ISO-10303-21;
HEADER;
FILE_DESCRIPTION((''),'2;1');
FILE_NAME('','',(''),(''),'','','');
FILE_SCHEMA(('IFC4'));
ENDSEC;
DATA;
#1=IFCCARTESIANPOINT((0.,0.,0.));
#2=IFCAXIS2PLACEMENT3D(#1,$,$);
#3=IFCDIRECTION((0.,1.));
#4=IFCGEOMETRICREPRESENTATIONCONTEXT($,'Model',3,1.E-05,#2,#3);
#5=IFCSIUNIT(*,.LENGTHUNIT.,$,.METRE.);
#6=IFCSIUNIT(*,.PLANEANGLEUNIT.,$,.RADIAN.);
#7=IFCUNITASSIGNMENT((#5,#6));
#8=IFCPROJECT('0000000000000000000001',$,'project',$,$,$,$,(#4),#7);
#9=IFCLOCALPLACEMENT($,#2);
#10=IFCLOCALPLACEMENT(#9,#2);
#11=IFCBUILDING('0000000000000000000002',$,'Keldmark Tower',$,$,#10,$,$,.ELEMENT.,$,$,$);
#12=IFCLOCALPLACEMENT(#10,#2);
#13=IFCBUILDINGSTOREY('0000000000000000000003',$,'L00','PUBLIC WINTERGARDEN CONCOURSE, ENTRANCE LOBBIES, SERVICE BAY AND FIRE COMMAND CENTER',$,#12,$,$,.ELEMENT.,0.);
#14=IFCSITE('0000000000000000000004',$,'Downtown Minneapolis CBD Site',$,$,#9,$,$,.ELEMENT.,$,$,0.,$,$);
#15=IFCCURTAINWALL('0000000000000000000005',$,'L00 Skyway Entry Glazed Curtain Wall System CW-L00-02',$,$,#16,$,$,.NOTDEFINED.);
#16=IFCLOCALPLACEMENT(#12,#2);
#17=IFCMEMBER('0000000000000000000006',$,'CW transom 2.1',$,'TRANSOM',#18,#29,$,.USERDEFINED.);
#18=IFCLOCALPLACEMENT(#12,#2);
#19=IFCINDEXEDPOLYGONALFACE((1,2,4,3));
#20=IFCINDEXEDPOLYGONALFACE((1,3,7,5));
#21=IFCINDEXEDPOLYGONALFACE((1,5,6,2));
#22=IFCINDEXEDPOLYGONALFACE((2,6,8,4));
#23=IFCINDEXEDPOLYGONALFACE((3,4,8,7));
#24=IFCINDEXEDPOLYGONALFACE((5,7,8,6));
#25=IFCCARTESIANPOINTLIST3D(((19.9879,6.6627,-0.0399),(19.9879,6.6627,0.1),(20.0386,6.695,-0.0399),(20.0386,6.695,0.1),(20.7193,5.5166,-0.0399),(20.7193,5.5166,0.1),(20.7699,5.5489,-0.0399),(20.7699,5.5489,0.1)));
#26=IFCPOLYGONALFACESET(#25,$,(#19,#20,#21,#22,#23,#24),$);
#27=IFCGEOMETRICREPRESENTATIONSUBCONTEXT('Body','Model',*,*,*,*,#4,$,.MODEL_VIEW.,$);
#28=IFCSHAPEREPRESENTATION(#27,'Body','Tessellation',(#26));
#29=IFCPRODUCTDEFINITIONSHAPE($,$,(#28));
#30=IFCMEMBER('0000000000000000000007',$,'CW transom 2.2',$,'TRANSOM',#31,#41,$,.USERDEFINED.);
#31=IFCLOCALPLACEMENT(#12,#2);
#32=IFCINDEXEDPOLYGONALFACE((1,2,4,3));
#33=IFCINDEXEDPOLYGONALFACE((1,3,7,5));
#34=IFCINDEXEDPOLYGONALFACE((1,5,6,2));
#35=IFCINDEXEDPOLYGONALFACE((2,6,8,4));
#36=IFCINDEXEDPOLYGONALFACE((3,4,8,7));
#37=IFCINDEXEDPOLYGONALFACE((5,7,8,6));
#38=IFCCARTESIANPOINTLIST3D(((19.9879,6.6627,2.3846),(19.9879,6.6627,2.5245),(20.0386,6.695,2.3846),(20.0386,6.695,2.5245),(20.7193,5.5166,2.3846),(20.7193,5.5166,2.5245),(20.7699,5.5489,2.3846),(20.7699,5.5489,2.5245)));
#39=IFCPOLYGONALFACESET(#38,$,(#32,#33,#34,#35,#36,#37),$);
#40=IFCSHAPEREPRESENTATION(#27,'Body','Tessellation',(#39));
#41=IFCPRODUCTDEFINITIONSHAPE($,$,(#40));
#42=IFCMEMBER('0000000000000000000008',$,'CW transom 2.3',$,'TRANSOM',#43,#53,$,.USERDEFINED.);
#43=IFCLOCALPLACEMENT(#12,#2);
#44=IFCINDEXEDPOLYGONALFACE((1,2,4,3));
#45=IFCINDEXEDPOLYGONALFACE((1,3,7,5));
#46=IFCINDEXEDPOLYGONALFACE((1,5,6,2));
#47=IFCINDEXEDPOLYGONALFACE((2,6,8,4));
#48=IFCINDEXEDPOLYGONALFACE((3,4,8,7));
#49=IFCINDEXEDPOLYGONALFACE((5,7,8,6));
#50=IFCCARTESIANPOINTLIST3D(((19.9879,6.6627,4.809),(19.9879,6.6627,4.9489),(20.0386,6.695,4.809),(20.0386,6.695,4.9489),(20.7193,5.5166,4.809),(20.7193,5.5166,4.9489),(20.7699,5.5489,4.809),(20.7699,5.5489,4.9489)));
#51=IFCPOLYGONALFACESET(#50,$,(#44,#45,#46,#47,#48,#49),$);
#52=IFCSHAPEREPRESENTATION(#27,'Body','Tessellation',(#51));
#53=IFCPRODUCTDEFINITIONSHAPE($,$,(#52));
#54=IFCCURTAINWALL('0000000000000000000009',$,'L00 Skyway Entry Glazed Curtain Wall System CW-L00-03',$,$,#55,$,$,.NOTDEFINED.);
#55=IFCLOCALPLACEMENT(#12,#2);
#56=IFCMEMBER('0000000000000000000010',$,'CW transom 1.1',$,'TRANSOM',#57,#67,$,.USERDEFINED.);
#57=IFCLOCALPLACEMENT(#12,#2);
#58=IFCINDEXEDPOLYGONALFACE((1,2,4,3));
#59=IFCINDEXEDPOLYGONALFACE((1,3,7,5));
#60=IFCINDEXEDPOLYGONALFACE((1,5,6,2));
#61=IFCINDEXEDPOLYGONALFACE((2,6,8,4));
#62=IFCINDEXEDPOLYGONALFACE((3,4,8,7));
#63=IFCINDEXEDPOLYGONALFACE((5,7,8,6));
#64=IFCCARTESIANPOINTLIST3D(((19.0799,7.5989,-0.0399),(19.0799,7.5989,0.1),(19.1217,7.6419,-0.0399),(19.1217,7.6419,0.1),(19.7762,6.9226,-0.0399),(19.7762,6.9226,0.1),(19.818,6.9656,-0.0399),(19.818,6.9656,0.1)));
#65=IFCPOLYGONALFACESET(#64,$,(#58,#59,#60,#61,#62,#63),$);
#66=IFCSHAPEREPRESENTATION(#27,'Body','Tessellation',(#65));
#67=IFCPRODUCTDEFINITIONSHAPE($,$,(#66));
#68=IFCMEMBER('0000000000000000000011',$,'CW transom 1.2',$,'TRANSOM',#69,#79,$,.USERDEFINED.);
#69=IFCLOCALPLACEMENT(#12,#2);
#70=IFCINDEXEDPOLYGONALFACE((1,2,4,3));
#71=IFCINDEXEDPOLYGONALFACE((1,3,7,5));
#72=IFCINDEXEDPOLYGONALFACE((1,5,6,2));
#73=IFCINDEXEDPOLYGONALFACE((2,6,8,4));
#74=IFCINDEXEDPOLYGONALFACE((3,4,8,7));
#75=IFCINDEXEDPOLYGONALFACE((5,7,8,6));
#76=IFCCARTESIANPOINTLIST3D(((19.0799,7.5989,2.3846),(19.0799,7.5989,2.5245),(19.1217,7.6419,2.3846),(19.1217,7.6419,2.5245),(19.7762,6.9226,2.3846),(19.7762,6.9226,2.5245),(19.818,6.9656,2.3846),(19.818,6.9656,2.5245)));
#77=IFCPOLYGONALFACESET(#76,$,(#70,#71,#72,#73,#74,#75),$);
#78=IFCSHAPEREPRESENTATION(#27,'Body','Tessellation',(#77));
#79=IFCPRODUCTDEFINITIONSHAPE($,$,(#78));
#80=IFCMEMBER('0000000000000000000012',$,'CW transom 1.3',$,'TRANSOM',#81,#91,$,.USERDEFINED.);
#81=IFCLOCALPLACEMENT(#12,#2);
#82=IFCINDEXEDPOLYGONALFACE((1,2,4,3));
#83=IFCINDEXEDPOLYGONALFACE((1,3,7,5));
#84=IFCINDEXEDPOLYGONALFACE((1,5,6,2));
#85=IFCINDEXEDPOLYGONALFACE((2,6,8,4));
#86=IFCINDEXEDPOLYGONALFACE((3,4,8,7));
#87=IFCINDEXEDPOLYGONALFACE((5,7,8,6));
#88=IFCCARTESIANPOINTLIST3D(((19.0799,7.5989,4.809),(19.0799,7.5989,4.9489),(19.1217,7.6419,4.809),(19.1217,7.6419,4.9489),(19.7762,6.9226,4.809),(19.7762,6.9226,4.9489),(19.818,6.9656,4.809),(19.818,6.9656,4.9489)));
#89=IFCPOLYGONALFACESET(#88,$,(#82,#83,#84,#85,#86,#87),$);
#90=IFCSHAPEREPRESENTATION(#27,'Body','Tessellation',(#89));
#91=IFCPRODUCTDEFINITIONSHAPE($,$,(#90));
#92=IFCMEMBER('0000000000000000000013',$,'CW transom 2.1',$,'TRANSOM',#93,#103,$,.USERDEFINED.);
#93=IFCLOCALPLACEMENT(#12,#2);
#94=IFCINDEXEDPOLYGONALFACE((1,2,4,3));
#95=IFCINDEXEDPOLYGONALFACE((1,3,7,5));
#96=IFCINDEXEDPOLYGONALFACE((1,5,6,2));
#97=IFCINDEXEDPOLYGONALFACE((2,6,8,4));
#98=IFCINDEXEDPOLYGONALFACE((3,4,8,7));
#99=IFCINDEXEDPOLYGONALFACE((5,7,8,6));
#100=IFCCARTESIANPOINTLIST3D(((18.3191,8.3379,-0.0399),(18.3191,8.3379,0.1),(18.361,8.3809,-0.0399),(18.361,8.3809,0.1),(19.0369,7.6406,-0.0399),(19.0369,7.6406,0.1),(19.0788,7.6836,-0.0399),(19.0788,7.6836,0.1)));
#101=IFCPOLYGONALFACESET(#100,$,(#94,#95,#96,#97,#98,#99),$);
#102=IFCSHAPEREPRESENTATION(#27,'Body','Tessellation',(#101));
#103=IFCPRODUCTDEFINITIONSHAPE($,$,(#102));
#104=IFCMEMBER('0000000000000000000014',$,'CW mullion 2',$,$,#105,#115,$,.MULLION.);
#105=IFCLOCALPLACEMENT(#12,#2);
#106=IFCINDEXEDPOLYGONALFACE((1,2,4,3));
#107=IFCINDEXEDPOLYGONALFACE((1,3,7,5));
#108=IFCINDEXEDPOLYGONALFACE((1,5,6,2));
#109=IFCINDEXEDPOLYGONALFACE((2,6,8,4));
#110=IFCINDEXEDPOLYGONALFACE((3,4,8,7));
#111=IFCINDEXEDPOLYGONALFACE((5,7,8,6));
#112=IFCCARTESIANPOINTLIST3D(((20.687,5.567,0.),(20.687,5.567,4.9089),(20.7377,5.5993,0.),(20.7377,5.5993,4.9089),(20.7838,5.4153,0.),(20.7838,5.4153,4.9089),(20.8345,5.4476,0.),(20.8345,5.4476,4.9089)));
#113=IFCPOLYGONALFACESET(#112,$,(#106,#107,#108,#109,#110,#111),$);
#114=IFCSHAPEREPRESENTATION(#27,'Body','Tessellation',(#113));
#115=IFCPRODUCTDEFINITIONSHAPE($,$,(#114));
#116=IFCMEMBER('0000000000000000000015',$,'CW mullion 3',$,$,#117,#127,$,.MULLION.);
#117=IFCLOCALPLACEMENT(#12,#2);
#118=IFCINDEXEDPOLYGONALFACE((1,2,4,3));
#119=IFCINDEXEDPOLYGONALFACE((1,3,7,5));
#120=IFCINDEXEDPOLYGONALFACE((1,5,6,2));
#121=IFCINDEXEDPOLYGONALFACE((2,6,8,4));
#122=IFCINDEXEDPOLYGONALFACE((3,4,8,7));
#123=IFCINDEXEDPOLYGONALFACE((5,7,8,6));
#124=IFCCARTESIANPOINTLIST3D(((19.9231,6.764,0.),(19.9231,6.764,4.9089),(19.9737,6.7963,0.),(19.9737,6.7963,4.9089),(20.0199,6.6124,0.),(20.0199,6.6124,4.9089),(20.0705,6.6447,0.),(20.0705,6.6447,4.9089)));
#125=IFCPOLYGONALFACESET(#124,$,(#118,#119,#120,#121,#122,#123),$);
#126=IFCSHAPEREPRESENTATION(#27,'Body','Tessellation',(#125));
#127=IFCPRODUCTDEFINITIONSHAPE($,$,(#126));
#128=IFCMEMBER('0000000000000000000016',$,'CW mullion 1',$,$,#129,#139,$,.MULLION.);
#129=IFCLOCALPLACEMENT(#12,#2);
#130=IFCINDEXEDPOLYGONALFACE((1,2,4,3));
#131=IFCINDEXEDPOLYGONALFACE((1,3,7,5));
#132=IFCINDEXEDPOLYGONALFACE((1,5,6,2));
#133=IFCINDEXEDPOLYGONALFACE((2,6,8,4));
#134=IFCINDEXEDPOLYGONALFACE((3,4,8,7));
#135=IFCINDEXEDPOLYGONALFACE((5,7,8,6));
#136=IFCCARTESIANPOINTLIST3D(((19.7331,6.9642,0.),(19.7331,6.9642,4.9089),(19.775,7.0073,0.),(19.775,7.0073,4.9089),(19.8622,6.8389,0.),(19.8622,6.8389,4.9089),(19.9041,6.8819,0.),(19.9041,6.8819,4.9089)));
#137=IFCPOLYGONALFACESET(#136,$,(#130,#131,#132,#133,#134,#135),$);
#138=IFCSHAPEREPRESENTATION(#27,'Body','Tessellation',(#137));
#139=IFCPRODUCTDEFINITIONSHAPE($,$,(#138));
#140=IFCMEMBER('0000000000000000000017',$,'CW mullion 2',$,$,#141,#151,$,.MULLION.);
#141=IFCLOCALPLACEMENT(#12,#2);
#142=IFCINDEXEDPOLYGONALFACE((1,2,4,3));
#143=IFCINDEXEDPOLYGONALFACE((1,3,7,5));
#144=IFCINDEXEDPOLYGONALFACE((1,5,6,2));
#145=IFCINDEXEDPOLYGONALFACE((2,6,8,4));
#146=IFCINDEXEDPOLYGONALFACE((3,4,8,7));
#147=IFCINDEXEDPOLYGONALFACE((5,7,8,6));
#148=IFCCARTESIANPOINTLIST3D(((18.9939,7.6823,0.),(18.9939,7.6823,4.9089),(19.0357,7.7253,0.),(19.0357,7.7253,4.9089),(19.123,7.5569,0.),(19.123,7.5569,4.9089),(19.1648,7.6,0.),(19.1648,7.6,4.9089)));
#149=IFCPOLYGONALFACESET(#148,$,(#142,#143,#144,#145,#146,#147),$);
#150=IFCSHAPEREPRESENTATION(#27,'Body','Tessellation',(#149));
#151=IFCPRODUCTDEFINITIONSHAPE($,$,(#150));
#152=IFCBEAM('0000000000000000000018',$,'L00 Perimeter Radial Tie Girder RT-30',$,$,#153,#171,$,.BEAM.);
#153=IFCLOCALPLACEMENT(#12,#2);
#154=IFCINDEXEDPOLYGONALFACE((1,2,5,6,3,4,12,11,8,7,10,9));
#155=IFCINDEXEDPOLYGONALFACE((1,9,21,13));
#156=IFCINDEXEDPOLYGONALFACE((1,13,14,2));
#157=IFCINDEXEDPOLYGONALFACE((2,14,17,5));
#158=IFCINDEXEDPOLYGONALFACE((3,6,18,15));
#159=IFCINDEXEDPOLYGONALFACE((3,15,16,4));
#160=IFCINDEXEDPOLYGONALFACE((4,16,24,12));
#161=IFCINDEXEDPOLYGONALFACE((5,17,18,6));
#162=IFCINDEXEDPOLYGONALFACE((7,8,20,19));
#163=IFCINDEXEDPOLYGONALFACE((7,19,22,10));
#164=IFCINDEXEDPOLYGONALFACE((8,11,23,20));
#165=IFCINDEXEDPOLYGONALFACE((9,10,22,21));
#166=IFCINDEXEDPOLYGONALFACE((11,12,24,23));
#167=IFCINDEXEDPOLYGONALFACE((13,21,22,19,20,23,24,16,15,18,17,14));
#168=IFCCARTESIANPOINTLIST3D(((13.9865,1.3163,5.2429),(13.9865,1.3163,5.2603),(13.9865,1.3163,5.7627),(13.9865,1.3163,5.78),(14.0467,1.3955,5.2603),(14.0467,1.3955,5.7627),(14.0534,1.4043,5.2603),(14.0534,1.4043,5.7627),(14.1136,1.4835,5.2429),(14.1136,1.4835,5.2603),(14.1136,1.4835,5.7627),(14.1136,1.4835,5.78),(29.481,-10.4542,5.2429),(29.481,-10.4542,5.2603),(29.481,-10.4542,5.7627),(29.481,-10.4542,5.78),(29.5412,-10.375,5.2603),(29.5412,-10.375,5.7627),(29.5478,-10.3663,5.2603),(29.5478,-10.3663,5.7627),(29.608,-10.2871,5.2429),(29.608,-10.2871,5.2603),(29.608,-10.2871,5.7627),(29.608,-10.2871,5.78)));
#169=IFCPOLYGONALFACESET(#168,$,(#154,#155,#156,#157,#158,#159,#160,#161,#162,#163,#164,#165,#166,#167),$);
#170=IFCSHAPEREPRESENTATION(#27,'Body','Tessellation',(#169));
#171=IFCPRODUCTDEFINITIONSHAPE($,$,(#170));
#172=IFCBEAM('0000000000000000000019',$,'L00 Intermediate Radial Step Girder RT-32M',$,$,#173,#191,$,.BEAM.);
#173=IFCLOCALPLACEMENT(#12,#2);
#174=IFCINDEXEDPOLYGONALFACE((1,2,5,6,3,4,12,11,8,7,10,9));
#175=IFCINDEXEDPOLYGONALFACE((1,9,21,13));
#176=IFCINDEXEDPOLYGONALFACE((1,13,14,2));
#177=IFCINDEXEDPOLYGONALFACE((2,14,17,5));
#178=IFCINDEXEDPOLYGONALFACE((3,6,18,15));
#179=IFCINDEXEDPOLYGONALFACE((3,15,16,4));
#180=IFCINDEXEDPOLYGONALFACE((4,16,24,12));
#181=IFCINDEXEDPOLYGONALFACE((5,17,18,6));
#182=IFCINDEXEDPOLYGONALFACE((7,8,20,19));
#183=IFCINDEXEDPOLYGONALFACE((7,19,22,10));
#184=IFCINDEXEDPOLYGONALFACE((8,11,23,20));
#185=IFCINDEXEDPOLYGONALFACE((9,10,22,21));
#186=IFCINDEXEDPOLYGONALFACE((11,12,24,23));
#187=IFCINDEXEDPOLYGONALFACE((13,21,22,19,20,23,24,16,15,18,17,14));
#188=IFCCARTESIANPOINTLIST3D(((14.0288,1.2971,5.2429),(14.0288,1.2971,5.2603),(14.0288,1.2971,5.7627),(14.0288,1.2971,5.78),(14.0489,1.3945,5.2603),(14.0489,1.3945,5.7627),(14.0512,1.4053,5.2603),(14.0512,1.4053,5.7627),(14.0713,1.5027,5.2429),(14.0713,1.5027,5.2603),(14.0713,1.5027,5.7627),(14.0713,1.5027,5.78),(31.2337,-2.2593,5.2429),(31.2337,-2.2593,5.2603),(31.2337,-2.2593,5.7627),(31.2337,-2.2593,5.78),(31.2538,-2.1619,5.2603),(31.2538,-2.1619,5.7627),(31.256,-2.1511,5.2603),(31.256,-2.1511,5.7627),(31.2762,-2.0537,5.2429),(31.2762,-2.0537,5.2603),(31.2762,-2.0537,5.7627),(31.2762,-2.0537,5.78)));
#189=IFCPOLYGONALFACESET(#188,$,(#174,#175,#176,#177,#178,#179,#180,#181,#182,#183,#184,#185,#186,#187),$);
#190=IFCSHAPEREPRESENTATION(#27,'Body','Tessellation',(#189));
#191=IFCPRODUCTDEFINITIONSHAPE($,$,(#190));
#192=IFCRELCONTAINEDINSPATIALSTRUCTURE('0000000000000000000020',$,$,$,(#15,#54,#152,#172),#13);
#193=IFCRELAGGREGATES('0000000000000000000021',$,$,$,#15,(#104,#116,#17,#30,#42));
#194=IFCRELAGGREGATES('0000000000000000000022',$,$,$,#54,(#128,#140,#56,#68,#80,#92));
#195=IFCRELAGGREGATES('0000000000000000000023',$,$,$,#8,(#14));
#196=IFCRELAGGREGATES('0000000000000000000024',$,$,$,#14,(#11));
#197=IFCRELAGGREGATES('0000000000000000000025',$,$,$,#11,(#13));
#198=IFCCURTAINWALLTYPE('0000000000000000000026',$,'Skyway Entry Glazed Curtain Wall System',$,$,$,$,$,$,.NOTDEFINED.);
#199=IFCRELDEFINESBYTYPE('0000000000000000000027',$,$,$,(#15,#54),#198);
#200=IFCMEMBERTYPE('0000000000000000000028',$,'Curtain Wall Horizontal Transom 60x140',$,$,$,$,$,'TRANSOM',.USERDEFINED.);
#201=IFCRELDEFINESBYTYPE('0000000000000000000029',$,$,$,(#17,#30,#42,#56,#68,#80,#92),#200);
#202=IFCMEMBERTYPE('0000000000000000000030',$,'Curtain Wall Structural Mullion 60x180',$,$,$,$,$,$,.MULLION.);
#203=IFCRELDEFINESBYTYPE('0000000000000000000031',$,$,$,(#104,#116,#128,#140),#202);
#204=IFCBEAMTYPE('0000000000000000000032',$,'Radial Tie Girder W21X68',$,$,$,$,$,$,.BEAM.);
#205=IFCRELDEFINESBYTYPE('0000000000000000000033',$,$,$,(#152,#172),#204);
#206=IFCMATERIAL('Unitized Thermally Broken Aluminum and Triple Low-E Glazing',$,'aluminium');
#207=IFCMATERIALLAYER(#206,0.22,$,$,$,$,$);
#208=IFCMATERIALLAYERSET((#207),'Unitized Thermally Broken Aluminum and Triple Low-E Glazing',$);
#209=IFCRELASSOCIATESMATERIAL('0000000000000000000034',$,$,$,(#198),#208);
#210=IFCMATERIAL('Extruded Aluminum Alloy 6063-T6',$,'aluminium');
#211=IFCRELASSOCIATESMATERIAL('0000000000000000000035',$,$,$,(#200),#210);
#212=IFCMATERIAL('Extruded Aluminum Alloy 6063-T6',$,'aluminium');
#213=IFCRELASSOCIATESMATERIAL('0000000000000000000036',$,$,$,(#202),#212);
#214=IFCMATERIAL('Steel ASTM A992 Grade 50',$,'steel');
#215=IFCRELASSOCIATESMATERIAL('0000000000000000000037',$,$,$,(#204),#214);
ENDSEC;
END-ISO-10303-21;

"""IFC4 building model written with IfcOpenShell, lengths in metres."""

from ifc_helpers import new_model, si_unit, direction, frame, origin, origin_2d, place, context, subcontext, project, spatial, rectangle, i_section, extrude, material, layer, layer_set, material_profile, profile_set, type_object, element, aggregate, save


model = new_model("IFC4")

# Units and contexts
model_context = context("Model", 3, precision=1e-05, world=origin(), true_north=direction((0.0, 1.0)))
body_context = subcontext(model_context, "Body", "Model", "MODEL_VIEW")
ifc_project = project(units=[si_unit("LENGTHUNIT", "METRE"), si_unit("PLANEANGLEUNIT", "RADIAN")], contexts=[model_context])

# Site, building, storey
site_placement = place(None, origin())
site = spatial("IfcSite", under=ifc_project, at=site_placement, Name="Downtown Minneapolis CBD Site", CompositionType="ELEMENT", RefElevation=0.0)
building_placement = place(site_placement, origin())
building = spatial("IfcBuilding", under=site, at=building_placement, Name="Keldmark Tower", CompositionType="ELEMENT")
storey_placement = place(building_placement, origin())
storey = spatial("IfcBuildingStorey", under=building, at=storey_placement, Name="L00", Description="PUBLIC WINTERGARDEN CONCOURSE, ENTRANCE LOBBIES, SERVICE BAY AND FIRE COMMAND CENTER", CompositionType="ELEMENT", Elevation=0.0)

# Curtain walls, members
ifc_material_1 = material(Name="Unitized Thermally Broken Aluminum and Triple Low-E Glazing", Category="aluminium")
ifc_layer_1 = layer(ifc_material_1, 0.22)
ifc_layer_set_1 = layer_set([ifc_layer_1], Name="Unitized Thermally Broken Aluminum and Triple Low-E Glazing")
curtain_wall_type = type_object("IfcCurtainWallType", Name="Skyway Entry Glazed Curtain Wall System", PredefinedType="NOTDEFINED", material=ifc_layer_set_1)
curtain_wall_1_placement = place(storey_placement, origin())
curtain_wall_1 = element("IfcCurtainWall", 1, at=curtain_wall_1_placement, inside=storey, type_object=curtain_wall_type, Name="L00 Skyway Entry Glazed Curtain Wall System CW-L00-02", PredefinedType="NOTDEFINED")
ifc_material_2 = material(Name="Extruded Aluminum Alloy 6063-T6", Category="aluminium")
ifc_material_profile_1 = material_profile(ifc_material_2, rectangle(XDim=0.0601, YDim=0.1399, at=origin_2d()), Name="CWT60X140")
ifc_profile_set_1 = profile_set([ifc_material_profile_1], Name="Extruded Aluminum Alloy 6063-T6")
member_type_1 = type_object("IfcMemberType", Name="Curtain Wall Horizontal Transom 60x140", ElementType="TRANSOM", PredefinedType="USERDEFINED", material=ifc_profile_set_1)
member_1_placement = place(storey_placement, frame((20.7446, 5.5327, 0.03), z_axis=(-0.537932, 0.842988, 0.0), x_axis=(-0.842988, -0.537932, 0.0)))
member_1 = element("IfcMember", 2, at=member_1_placement, type_object=member_type_1, Name="CW transom 2.1", ObjectType="TRANSOM", PredefinedType="USERDEFINED", context=body_context, shape_type="SweptSolid", body=[
    extrude(rectangle(XDim=0.0601, YDim=0.1399, at=origin_2d()), origin(), (0.0, 0.0, 1.0), 1.3596),
])
member_2_placement = place(storey_placement, frame((20.7446, 5.5327, 2.4546), z_axis=(-0.537932, 0.842988, 0.0), x_axis=(-0.842988, -0.537932, 0.0)))
member_2 = element("IfcMember", 3, at=member_2_placement, type_object=member_type_1, Name="CW transom 2.2", ObjectType="TRANSOM", PredefinedType="USERDEFINED", context=body_context, shape_type="SweptSolid", body=[
    extrude(rectangle(XDim=0.0601, YDim=0.1399, at=origin_2d()), origin(), (0.0, 0.0, 1.0), 1.3596),
])
member_3_placement = place(storey_placement, frame((20.7446, 5.5327, 4.8789), z_axis=(-0.537932, 0.842988, 0.0), x_axis=(-0.842988, -0.537932, 0.0)))
member_3 = element("IfcMember", 4, at=member_3_placement, type_object=member_type_1, Name="CW transom 2.3", ObjectType="TRANSOM", PredefinedType="USERDEFINED", context=body_context, shape_type="SweptSolid", body=[
    extrude(rectangle(XDim=0.0601, YDim=0.1399, at=origin_2d()), origin(), (0.0, 0.0, 1.0), 1.3596),
])
curtain_wall_2_placement = place(storey_placement, origin())
curtain_wall_2 = element("IfcCurtainWall", 5, at=curtain_wall_2_placement, inside=storey, type_object=curtain_wall_type, Name="L00 Skyway Entry Glazed Curtain Wall System CW-L00-03", PredefinedType="NOTDEFINED")
member_4_placement = place(storey_placement, frame((19.7971, 6.9441, 0.03), z_axis=(-0.717344, 0.696719, 0.0), x_axis=(-0.696719, -0.717344, 0.0)))
member_4 = element("IfcMember", 6, at=member_4_placement, type_object=member_type_1, Name="CW transom 1.1", ObjectType="TRANSOM", PredefinedType="USERDEFINED", context=body_context, shape_type="SweptSolid", body=[
    extrude(rectangle(XDim=0.0601, YDim=0.1399, at=origin_2d()), origin(), (0.0, 0.0, 1.0), 0.9707),
])
member_5_placement = place(storey_placement, frame((19.7971, 6.9441, 2.4546), z_axis=(-0.717344, 0.696719, 0.0), x_axis=(-0.696719, -0.717344, 0.0)))
member_5 = element("IfcMember", 7, at=member_5_placement, type_object=member_type_1, Name="CW transom 1.2", ObjectType="TRANSOM", PredefinedType="USERDEFINED", context=body_context, shape_type="SweptSolid", body=[
    extrude(rectangle(XDim=0.0601, YDim=0.1399, at=origin_2d()), origin(), (0.0, 0.0, 1.0), 0.9707),
])
member_6_placement = place(storey_placement, frame((19.7971, 6.9441, 4.8789), z_axis=(-0.717344, 0.696719, 0.0), x_axis=(-0.696719, -0.717344, 0.0)))
member_6 = element("IfcMember", 8, at=member_6_placement, type_object=member_type_1, Name="CW transom 1.3", ObjectType="TRANSOM", PredefinedType="USERDEFINED", context=body_context, shape_type="SweptSolid", body=[
    extrude(rectangle(XDim=0.0601, YDim=0.1399, at=origin_2d()), origin(), (0.0, 0.0, 1.0), 0.9707),
])
member_7_placement = place(storey_placement, frame((19.0579, 7.6621, 0.03), z_axis=(-0.717279, 0.696786, 0.0), x_axis=(-0.696786, -0.717279, 0.0)))
member_7 = element("IfcMember", 9, at=member_7_placement, type_object=member_type_1, Name="CW transom 2.1", ObjectType="TRANSOM", PredefinedType="USERDEFINED", context=body_context, shape_type="SweptSolid", body=[
    extrude(rectangle(XDim=0.0601, YDim=0.1399, at=origin_2d()), origin(), (0.0, 0.0, 1.0), 1.0007),
])

# Members
ifc_material_3 = material(Name="Extruded Aluminum Alloy 6063-T6", Category="aluminium")
ifc_material_profile_2 = material_profile(ifc_material_3, rectangle(XDim=0.0601, YDim=0.1799, at=origin_2d()), Name="CWM60X180")
ifc_profile_set_2 = profile_set([ifc_material_profile_2], Name="Extruded Aluminum Alloy 6063-T6")
member_type_2 = type_object("IfcMemberType", Name="Curtain Wall Structural Mullion 60x180", PredefinedType="MULLION", material=ifc_profile_set_2)
member_8_placement = place(storey_placement, frame((20.7607, 5.5073, 0.0), z_axis=(0.0, 0.0, 1.0), x_axis=(-0.843003, -0.537908, 0.0)))
member_8 = element("IfcMember", 10, at=member_8_placement, type_object=member_type_2, Name="CW mullion 2", PredefinedType="MULLION", context=body_context, shape_type="SweptSolid", body=[
    extrude(rectangle(XDim=0.0601, YDim=0.1799, at=origin_2d()), origin(), (0.0, 0.0, 1.0), 4.9089),
])
member_9_placement = place(storey_placement, frame((19.9968, 6.7043, 0.0), z_axis=(0.0, 0.0, 1.0), x_axis=(-0.843003, -0.537908, 0.0)))
member_9 = element("IfcMember", 11, at=member_9_placement, type_object=member_type_2, Name="CW mullion 3", PredefinedType="MULLION", context=body_context, shape_type="SweptSolid", body=[
    extrude(rectangle(XDim=0.0601, YDim=0.1799, at=origin_2d()), origin(), (0.0, 0.0, 1.0), 4.9089),
])
member_10_placement = place(storey_placement, frame((19.8186, 6.9231, 0.0), z_axis=(0.0, 0.0, 1.0), x_axis=(-0.696771, -0.717293, 0.0)))
member_10 = element("IfcMember", 12, at=member_10_placement, type_object=member_type_2, Name="CW mullion 1", PredefinedType="MULLION", context=body_context, shape_type="SweptSolid", body=[
    extrude(rectangle(XDim=0.0601, YDim=0.1799, at=origin_2d()), origin(), (0.0, 0.0, 1.0), 4.9089),
])
member_11_placement = place(storey_placement, frame((19.0793, 7.6411, 0.0), z_axis=(0.0, 0.0, 1.0), x_axis=(-0.696771, -0.717293, 0.0)))
member_11 = element("IfcMember", 13, at=member_11_placement, type_object=member_type_2, Name="CW mullion 2", PredefinedType="MULLION", context=body_context, shape_type="SweptSolid", body=[
    extrude(rectangle(XDim=0.0601, YDim=0.1799, at=origin_2d()), origin(), (0.0, 0.0, 1.0), 4.9089),
])

# Beams
ifc_material_4 = material(Name="Steel ASTM A992 Grade 50", Category="steel")
ifc_material_profile_3 = material_profile(ifc_material_4, i_section(OverallWidth=0.21, OverallDepth=0.5371, WebThickness=0.011, FlangeThickness=0.0173, at=origin_2d()), Name="W21X68")
ifc_profile_set_3 = profile_set([ifc_material_profile_3], Name="Steel ASTM A992 Grade 50")
beam_type = type_object("IfcBeamType", Name="Radial Tie Girder W21X68", PredefinedType="BEAM", material=ifc_profile_set_3)
beam_1_placement = place(storey_placement, frame((14.05, 1.3999, 5.5115), z_axis=(0.796292, -0.604913, 0.0), x_axis=(0.604913, 0.796292, 0.0)))
element("IfcBeam", 14, at=beam_1_placement, inside=storey, type_object=beam_type, Name="L00 Perimeter Radial Tie Girder RT-30", PredefinedType="BEAM", context=body_context, shape_type="SweptSolid", body=[
    extrude(i_section(OverallWidth=0.21, OverallDepth=0.5371, WebThickness=0.011, FlangeThickness=0.0173, at=origin_2d()), origin(), (0.0, 0.0, 1.0), 19.4583),
])
beam_2_placement = place(storey_placement, frame((14.05, 1.3999, 5.5115), z_axis=(0.979297, -0.20243, 0.0), x_axis=(0.20243, 0.979297, 0.0)))
element("IfcBeam", 15, at=beam_2_placement, inside=storey, type_object=beam_type, Name="L00 Intermediate Radial Step Girder RT-32M", PredefinedType="BEAM", context=body_context, shape_type="SweptSolid", body=[
    extrude(i_section(OverallWidth=0.21, OverallDepth=0.5371, WebThickness=0.011, FlangeThickness=0.0173, at=origin_2d()), origin(), (0.0, 0.0, 1.0), 17.5686),
])

aggregate(curtain_wall_1, [member_8, member_9, member_1, member_2, member_3])
aggregate(curtain_wall_2, [member_10, member_11, member_4, member_5, member_6, member_7])

save(model, "model.ifc")
